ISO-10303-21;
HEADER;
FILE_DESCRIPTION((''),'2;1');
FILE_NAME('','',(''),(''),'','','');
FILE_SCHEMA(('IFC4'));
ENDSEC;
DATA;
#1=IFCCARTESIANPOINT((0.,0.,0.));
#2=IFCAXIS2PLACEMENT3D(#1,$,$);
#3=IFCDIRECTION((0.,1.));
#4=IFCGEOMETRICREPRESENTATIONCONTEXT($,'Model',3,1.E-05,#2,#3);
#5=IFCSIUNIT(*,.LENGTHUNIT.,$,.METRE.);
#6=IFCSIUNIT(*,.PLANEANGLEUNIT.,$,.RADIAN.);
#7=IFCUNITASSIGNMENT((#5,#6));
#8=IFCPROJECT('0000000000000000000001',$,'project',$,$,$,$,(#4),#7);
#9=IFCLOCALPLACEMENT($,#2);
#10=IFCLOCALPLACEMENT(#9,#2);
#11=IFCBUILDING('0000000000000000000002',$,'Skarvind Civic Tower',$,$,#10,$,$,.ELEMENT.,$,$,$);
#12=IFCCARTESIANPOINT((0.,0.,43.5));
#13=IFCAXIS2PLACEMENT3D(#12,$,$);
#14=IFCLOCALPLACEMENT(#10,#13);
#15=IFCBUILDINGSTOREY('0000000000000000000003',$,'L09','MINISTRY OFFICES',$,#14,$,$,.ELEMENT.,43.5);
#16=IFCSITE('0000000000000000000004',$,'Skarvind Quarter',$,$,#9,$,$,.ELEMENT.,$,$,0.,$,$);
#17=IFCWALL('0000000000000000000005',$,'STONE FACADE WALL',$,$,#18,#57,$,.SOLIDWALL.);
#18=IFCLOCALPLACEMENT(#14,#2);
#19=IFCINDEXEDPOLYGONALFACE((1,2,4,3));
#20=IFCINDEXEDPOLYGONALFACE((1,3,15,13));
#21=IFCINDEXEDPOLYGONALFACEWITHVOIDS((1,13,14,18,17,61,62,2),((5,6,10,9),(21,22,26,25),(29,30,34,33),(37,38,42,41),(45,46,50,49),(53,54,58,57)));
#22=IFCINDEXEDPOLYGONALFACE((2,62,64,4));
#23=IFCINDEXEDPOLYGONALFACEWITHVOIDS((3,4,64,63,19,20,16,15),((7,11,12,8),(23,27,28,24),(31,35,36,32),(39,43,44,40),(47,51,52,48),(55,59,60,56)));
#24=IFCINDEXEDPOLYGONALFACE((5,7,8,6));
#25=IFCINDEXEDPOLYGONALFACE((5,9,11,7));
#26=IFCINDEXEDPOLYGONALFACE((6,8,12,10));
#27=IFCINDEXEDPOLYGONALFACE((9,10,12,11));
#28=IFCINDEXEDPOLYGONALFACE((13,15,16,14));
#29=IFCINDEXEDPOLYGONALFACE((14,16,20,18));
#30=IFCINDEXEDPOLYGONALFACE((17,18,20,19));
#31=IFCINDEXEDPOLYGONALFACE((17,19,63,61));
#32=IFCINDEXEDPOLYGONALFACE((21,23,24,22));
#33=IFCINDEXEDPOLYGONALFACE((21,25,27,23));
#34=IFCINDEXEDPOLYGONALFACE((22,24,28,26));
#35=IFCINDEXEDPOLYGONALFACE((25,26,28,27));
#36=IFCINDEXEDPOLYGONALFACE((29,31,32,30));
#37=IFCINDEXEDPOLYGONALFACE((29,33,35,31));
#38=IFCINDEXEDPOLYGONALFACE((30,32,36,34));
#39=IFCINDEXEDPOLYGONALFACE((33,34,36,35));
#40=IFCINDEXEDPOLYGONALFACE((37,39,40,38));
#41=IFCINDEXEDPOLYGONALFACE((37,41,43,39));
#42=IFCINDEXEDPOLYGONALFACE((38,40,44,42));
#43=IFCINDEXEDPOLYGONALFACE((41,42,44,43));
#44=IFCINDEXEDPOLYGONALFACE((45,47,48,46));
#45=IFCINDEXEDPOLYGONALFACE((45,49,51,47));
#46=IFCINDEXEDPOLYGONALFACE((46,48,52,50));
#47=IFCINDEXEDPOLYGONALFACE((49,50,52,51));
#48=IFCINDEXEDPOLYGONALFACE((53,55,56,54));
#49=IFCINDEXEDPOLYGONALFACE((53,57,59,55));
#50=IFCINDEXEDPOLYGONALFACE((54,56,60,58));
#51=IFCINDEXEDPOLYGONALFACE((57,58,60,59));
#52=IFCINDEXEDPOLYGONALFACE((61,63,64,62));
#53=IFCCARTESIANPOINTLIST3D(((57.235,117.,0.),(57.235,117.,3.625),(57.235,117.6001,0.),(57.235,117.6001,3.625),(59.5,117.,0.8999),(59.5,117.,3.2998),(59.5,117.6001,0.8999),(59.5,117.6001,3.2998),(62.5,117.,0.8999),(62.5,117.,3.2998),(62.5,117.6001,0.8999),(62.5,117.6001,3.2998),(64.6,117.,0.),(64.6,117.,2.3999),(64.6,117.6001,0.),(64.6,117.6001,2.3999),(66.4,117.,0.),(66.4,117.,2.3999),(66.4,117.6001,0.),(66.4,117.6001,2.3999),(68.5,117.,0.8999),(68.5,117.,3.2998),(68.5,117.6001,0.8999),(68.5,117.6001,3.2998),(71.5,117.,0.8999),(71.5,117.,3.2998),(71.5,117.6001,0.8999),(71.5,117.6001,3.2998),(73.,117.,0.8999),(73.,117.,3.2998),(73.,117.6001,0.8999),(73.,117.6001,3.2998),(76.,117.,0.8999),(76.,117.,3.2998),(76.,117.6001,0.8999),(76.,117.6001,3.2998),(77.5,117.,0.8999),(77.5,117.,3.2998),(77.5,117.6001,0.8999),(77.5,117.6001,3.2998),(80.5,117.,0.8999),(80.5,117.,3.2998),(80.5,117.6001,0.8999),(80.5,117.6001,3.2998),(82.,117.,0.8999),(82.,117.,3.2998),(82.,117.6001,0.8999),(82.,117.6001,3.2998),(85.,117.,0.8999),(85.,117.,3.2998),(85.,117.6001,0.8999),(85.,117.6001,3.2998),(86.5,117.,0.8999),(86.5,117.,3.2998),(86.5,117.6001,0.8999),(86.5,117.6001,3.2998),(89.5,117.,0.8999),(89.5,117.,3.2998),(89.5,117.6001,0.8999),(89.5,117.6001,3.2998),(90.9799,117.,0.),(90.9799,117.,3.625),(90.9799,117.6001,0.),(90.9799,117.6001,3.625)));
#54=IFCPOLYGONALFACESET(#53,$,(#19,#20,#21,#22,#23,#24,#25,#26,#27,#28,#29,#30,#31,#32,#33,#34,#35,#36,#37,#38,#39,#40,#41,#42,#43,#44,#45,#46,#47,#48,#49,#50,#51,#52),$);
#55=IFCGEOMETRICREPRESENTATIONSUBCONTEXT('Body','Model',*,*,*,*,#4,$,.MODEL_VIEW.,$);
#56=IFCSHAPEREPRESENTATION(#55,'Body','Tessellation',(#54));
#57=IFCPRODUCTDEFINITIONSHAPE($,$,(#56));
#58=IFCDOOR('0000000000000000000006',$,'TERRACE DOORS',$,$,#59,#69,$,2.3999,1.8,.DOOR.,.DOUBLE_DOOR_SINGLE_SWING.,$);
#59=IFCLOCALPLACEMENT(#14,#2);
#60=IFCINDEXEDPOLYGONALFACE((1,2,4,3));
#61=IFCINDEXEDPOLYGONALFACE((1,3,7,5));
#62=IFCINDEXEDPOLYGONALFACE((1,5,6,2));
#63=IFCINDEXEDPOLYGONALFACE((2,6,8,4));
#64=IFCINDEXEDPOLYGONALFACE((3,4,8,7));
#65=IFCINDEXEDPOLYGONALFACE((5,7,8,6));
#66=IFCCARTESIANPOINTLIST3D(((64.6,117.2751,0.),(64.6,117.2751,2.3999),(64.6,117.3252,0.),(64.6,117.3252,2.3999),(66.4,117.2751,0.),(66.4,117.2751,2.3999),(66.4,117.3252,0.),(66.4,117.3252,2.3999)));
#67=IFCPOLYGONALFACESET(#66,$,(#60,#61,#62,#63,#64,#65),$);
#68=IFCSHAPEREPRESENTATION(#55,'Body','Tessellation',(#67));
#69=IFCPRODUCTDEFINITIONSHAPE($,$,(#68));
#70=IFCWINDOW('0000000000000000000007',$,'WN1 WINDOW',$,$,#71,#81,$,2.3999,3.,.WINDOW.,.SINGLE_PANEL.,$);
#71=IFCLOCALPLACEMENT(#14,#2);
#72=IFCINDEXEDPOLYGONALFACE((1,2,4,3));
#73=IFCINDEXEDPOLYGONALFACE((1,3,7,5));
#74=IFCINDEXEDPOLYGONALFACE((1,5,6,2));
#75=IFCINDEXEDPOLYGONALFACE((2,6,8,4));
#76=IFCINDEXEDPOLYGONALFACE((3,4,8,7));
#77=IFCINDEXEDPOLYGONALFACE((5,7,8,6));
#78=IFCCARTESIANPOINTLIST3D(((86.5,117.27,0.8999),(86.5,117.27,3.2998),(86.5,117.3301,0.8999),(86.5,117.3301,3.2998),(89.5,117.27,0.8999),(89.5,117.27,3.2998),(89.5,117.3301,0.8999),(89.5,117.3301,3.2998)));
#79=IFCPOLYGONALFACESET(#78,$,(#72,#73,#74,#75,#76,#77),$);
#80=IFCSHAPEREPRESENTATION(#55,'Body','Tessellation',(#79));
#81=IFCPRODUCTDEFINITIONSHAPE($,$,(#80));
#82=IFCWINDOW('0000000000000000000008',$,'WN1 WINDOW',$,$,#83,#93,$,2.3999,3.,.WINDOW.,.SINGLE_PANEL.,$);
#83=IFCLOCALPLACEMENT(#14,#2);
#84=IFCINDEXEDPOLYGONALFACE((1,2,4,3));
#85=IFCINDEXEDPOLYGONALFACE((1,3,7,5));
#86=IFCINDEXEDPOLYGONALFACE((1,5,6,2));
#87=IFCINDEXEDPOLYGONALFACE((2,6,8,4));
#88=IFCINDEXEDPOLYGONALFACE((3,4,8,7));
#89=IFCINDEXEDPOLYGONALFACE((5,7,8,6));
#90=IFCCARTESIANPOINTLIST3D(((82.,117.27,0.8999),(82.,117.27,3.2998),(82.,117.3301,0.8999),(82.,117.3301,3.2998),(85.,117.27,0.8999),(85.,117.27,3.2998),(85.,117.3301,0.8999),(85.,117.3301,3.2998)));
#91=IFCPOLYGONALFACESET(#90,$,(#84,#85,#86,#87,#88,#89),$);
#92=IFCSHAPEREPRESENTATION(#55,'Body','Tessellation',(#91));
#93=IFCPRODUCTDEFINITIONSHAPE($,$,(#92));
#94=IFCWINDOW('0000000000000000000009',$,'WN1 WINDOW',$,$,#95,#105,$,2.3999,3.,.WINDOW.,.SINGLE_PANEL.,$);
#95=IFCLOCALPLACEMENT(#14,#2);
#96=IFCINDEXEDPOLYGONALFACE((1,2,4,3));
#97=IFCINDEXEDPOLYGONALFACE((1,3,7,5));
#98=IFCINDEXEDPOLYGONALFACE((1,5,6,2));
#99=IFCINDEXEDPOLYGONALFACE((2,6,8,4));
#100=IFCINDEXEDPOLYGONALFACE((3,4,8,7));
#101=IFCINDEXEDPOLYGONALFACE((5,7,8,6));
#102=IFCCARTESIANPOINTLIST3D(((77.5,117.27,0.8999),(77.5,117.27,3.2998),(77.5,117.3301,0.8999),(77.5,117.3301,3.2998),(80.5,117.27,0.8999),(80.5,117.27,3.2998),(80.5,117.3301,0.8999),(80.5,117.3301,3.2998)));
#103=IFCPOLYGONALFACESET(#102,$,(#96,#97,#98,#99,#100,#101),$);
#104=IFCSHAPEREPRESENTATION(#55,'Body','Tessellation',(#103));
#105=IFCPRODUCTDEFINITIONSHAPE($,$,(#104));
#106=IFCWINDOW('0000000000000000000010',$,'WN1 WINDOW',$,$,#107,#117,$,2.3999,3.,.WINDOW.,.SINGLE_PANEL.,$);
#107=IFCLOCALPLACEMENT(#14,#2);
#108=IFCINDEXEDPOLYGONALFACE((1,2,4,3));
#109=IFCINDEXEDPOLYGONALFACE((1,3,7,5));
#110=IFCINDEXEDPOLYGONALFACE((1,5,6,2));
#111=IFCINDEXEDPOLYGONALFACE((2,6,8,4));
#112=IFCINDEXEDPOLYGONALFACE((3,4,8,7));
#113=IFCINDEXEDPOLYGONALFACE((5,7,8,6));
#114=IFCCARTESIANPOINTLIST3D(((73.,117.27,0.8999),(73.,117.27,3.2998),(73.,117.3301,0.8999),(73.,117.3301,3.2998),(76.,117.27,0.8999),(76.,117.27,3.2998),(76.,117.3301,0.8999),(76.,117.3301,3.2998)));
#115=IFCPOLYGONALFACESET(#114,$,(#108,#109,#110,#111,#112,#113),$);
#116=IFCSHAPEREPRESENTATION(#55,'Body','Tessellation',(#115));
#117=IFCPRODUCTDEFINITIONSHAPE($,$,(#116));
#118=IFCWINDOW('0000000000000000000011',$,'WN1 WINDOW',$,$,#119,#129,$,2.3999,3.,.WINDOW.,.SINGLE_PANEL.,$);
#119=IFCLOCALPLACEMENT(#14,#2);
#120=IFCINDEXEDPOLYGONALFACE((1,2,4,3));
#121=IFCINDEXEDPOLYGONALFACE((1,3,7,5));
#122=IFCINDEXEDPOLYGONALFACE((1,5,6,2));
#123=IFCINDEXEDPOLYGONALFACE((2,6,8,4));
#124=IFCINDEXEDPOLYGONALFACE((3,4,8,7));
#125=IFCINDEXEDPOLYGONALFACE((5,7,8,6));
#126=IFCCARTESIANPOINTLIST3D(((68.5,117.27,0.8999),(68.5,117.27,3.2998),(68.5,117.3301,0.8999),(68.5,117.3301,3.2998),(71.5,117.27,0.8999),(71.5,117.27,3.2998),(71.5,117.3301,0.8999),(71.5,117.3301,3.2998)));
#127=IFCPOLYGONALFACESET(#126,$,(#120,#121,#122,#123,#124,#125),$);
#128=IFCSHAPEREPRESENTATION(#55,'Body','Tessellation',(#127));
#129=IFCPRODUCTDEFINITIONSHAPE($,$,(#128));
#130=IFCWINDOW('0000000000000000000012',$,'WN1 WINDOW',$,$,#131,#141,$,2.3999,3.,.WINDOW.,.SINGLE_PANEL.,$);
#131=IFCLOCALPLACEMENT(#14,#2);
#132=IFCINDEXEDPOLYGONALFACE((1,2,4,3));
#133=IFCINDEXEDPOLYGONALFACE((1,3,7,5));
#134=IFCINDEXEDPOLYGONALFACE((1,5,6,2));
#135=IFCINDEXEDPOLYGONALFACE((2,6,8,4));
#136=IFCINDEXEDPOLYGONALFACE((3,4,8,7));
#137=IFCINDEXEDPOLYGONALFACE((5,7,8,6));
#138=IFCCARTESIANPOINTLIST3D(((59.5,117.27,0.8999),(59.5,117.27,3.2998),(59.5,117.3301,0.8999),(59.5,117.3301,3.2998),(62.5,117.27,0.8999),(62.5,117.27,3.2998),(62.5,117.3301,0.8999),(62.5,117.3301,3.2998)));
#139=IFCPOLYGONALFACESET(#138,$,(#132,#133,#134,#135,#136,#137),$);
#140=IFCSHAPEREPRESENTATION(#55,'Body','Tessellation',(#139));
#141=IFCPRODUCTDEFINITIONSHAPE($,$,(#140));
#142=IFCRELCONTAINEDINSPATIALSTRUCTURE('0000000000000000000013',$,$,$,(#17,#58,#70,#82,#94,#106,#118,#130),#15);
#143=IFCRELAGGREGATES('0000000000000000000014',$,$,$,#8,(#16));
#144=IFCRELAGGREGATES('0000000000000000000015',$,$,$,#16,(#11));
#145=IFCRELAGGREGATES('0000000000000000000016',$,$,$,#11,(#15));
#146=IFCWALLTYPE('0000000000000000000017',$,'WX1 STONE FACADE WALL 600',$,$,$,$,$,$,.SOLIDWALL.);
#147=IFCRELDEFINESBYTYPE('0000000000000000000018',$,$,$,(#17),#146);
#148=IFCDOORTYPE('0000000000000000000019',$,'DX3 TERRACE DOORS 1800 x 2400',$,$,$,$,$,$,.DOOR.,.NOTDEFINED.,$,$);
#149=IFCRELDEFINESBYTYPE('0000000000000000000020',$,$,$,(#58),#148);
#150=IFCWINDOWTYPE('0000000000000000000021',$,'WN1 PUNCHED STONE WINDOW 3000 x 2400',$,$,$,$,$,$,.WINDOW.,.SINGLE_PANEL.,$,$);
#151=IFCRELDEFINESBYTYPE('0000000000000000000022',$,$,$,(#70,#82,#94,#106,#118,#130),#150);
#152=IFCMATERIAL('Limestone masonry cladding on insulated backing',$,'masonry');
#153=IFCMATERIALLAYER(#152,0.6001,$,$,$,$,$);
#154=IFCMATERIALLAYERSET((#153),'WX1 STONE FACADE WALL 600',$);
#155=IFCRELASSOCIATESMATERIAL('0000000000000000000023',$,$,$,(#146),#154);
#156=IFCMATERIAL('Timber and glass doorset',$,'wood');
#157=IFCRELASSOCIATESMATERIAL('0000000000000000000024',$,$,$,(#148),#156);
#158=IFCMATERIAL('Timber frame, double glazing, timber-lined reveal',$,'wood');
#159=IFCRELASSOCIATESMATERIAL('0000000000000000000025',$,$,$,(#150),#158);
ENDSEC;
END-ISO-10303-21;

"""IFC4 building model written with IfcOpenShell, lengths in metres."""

from ifc_helpers import new_model, si_unit, direction, frame, frame_2d, origin, place, context, subcontext, project, spatial, rectangle, extrude, material, layer, layer_set, type_object, element, fill, save


model = new_model("IFC4")

# Units and contexts
model_context = context("Model", 3, precision=1e-05, world=origin(), true_north=direction((0.0, 1.0)))
body_context = subcontext(model_context, "Body", "Model", "MODEL_VIEW")
ifc_project = project(units=[si_unit("LENGTHUNIT", "METRE"), si_unit("PLANEANGLEUNIT", "RADIAN")], contexts=[model_context])

# Site, building, storey
site_placement = place(None, origin())
site = spatial("IfcSite", under=ifc_project, at=site_placement, Name="Skarvind Quarter", CompositionType="ELEMENT", RefElevation=0.0)
building_placement = place(site_placement, origin())
building = spatial("IfcBuilding", under=site, at=building_placement, Name="Skarvind Civic Tower", CompositionType="ELEMENT")
storey_placement = place(building_placement, frame((0.0, 0.0, 43.5)))
storey = spatial("IfcBuildingStorey", under=building, at=storey_placement, Name="L09", Description="MINISTRY OFFICES", CompositionType="ELEMENT", Elevation=43.5)

# Wall, openings, door, windows
ifc_material_1 = material(Name="Limestone masonry cladding on insulated backing", Category="masonry")
ifc_layer_1 = layer(ifc_material_1, 0.6001)
ifc_layer_set_1 = layer_set([ifc_layer_1], Name="WX1 STONE FACADE WALL 600")
wall_type_1 = type_object("IfcWallType", Name="WX1 STONE FACADE WALL 600", PredefinedType="SOLIDWALL", material=ifc_layer_set_1)
wall_1_placement = place(storey_placement, frame((90.98, 117.3, 0.0), z_axis=(0.0, 0.0, 1.0), x_axis=(-1.0, 0.0, 0.0)))
wall_1 = element("IfcWall", 1, at=wall_1_placement, inside=storey, type_object=wall_type_1, Name="STONE FACADE WALL", PredefinedType="SOLIDWALL", context=body_context, shape_type="SweptSolid", body=[
    extrude(rectangle(XDim=33.7449, YDim=0.6001, at=frame_2d((16.8726, 0.0))), origin(), (0.0, 0.0, 1.0), 3.625),
])
opening_1_placement = place(wall_1_placement, frame((1.48, 0.0, 0.8999)))
opening_1 = element("IfcOpeningElement", 2, at=opening_1_placement, cuts=wall_1, PredefinedType="OPENING", context=body_context, shape_type="SweptSolid", body=[
    extrude(rectangle(XDim=3.0, YDim=2.3999, at=frame_2d((1.5, 1.2))), frame((0.0, 0.3101, 0.0), z_axis=(0.0, -1.0, 0.0), x_axis=(1.0, 0.0, 0.0)), (0.0, 0.0, 1.0), 0.6201),
])
opening_2_placement = place(wall_1_placement, frame((5.98, 0.0, 0.8999)))
opening_2 = element("IfcOpeningElement", 3, at=opening_2_placement, cuts=wall_1, PredefinedType="OPENING", context=body_context, shape_type="SweptSolid", body=[
    extrude(rectangle(XDim=3.0, YDim=2.3999, at=frame_2d((1.5, 1.2))), frame((0.0, 0.3101, 0.0), z_axis=(0.0, -1.0, 0.0), x_axis=(1.0, 0.0, 0.0)), (0.0, 0.0, 1.0), 0.6201),
])
opening_3_placement = place(wall_1_placement, frame((10.48, 0.0, 0.8999)))
opening_3 = element("IfcOpeningElement", 4, at=opening_3_placement, cuts=wall_1, PredefinedType="OPENING", context=body_context, shape_type="SweptSolid", body=[
    extrude(rectangle(XDim=3.0, YDim=2.3999, at=frame_2d((1.5, 1.2))), frame((0.0, 0.3101, 0.0), z_axis=(0.0, -1.0, 0.0), x_axis=(1.0, 0.0, 0.0)), (0.0, 0.0, 1.0), 0.6201),
])
opening_4_placement = place(wall_1_placement, frame((14.98, 0.0, 0.8999)))
opening_4 = element("IfcOpeningElement", 5, at=opening_4_placement, cuts=wall_1, PredefinedType="OPENING", context=body_context, shape_type="SweptSolid", body=[
    extrude(rectangle(XDim=3.0, YDim=2.3999, at=frame_2d((1.5, 1.2))), frame((0.0, 0.3101, 0.0), z_axis=(0.0, -1.0, 0.0), x_axis=(1.0, 0.0, 0.0)), (0.0, 0.0, 1.0), 0.6201),
])
opening_5_placement = place(wall_1_placement, frame((19.48, 0.0, 0.8999)))
opening_5 = element("IfcOpeningElement", 6, at=opening_5_placement, cuts=wall_1, PredefinedType="OPENING", context=body_context, shape_type="SweptSolid", body=[
    extrude(rectangle(XDim=3.0, YDim=2.3999, at=frame_2d((1.5, 1.2))), frame((0.0, 0.3101, 0.0), z_axis=(0.0, -1.0, 0.0), x_axis=(1.0, 0.0, 0.0)), (0.0, 0.0, 1.0), 0.6201),
])
opening_6_placement = place(wall_1_placement, frame((24.5801, 0.0, 0.0)))
opening_6 = element("IfcOpeningElement", 7, at=opening_6_placement, cuts=wall_1, PredefinedType="OPENING", context=body_context, shape_type="SweptSolid", body=[
    extrude(rectangle(XDim=1.8, YDim=2.3999, at=frame_2d((0.8999, 1.2))), frame((0.0, 0.3101, 0.0), z_axis=(0.0, -1.0, 0.0), x_axis=(1.0, 0.0, 0.0)), (0.0, 0.0, 1.0), 0.6201),
])
opening_7_placement = place(wall_1_placement, frame((28.48, 0.0, 0.8999)))
opening_7 = element("IfcOpeningElement", 8, at=opening_7_placement, cuts=wall_1, PredefinedType="OPENING", context=body_context, shape_type="SweptSolid", body=[
    extrude(rectangle(XDim=3.0, YDim=2.3999, at=frame_2d((1.5, 1.2))), frame((0.0, 0.3101, 0.0), z_axis=(0.0, -1.0, 0.0), x_axis=(1.0, 0.0, 0.0)), (0.0, 0.0, 1.0), 0.6201),
])
ifc_material_2 = material(Name="Timber and glass doorset", Category="wood")
door_type_1 = type_object("IfcDoorType", Name="DX3 TERRACE DOORS 1800 x 2400", OperationType="NOTDEFINED", PredefinedType="DOOR", material=ifc_material_2)
door_1_placement = place(opening_6_placement, origin())
door_1 = element("IfcDoor", 9, at=door_1_placement, inside=storey, type_object=door_type_1, Name="TERRACE DOORS", OperationType="DOUBLE_DOOR_SINGLE_SWING", OverallHeight=2.3999, OverallWidth=1.8, PredefinedType="DOOR", context=body_context, shape_type="SweptSolid", body=[
    extrude(rectangle(XDim=1.8, YDim=2.3999, at=frame_2d((0.8999, 1.2))), frame((0.0, 0.0249, 0.0), z_axis=(0.0, -1.0, 0.0), x_axis=(1.0, 0.0, 0.0)), (0.0, 0.0, 1.0), 0.05),
])
fill(opening_6, door_1)
ifc_material_3 = material(Name="Timber frame, double glazing, timber-lined reveal", Category="wood")
window_type = type_object("IfcWindowType", Name="WN1 PUNCHED STONE WINDOW 3000 x 2400", PartitioningType="SINGLE_PANEL", PredefinedType="WINDOW", material=ifc_material_3)
window_1_placement = place(opening_1_placement, origin())
window_1 = element("IfcWindow", 10, at=window_1_placement, inside=storey, type_object=window_type, Name="WN1 WINDOW", OverallHeight=2.3999, OverallWidth=3.0, PartitioningType="SINGLE_PANEL", PredefinedType="WINDOW", context=body_context, shape_type="SweptSolid", body=[
    extrude(rectangle(XDim=3.0, YDim=2.3999, at=frame_2d((1.5, 1.2))), frame((0.0, 0.03, 0.0), z_axis=(0.0, -1.0, 0.0), x_axis=(1.0, 0.0, 0.0)), (0.0, 0.0, 1.0), 0.0601),
])
fill(opening_1, window_1)
window_2_placement = place(opening_2_placement, origin())
window_2 = element("IfcWindow", 11, at=window_2_placement, inside=storey, type_object=window_type, Name="WN1 WINDOW", OverallHeight=2.3999, OverallWidth=3.0, PartitioningType="SINGLE_PANEL", PredefinedType="WINDOW", context=body_context, shape_type="SweptSolid", body=[
    extrude(rectangle(XDim=3.0, YDim=2.3999, at=frame_2d((1.5, 1.2))), frame((0.0, 0.03, 0.0), z_axis=(0.0, -1.0, 0.0), x_axis=(1.0, 0.0, 0.0)), (0.0, 0.0, 1.0), 0.0601),
])
fill(opening_2, window_2)
window_3_placement = place(opening_3_placement, origin())
window_3 = element("IfcWindow", 12, at=window_3_placement, inside=storey, type_object=window_type, Name="WN1 WINDOW", OverallHeight=2.3999, OverallWidth=3.0, PartitioningType="SINGLE_PANEL", PredefinedType="WINDOW", context=body_context, shape_type="SweptSolid", body=[
    extrude(rectangle(XDim=3.0, YDim=2.3999, at=frame_2d((1.5, 1.2))), frame((0.0, 0.03, 0.0), z_axis=(0.0, -1.0, 0.0), x_axis=(1.0, 0.0, 0.0)), (0.0, 0.0, 1.0), 0.0601),
])
fill(opening_3, window_3)
window_4_placement = place(opening_4_placement, origin())
window_4 = element("IfcWindow", 13, at=window_4_placement, inside=storey, type_object=window_type, Name="WN1 WINDOW", OverallHeight=2.3999, OverallWidth=3.0, PartitioningType="SINGLE_PANEL", PredefinedType="WINDOW", context=body_context, shape_type="SweptSolid", body=[
    extrude(rectangle(XDim=3.0, YDim=2.3999, at=frame_2d((1.5, 1.2))), frame((0.0, 0.03, 0.0), z_axis=(0.0, -1.0, 0.0), x_axis=(1.0, 0.0, 0.0)), (0.0, 0.0, 1.0), 0.0601),
])
fill(opening_4, window_4)
window_5_placement = place(opening_5_placement, origin())
window_5 = element("IfcWindow", 14, at=window_5_placement, inside=storey, type_object=window_type, Name="WN1 WINDOW", OverallHeight=2.3999, OverallWidth=3.0, PartitioningType="SINGLE_PANEL", PredefinedType="WINDOW", context=body_context, shape_type="SweptSolid", body=[
    extrude(rectangle(XDim=3.0, YDim=2.3999, at=frame_2d((1.5, 1.2))), frame((0.0, 0.03, 0.0), z_axis=(0.0, -1.0, 0.0), x_axis=(1.0, 0.0, 0.0)), (0.0, 0.0, 1.0), 0.0601),
])
fill(opening_5, window_5)
window_6_placement = place(opening_7_placement, origin())
window_6 = element("IfcWindow", 15, at=window_6_placement, inside=storey, type_object=window_type, Name="WN1 WINDOW", OverallHeight=2.3999, OverallWidth=3.0, PartitioningType="SINGLE_PANEL", PredefinedType="WINDOW", context=body_context, shape_type="SweptSolid", body=[
    extrude(rectangle(XDim=3.0, YDim=2.3999, at=frame_2d((1.5, 1.2))), frame((0.0, 0.03, 0.0), z_axis=(0.0, -1.0, 0.0), x_axis=(1.0, 0.0, 0.0)), (0.0, 0.0, 1.0), 0.0601),
])
fill(opening_7, window_6)

save(model, "model.ifc")
